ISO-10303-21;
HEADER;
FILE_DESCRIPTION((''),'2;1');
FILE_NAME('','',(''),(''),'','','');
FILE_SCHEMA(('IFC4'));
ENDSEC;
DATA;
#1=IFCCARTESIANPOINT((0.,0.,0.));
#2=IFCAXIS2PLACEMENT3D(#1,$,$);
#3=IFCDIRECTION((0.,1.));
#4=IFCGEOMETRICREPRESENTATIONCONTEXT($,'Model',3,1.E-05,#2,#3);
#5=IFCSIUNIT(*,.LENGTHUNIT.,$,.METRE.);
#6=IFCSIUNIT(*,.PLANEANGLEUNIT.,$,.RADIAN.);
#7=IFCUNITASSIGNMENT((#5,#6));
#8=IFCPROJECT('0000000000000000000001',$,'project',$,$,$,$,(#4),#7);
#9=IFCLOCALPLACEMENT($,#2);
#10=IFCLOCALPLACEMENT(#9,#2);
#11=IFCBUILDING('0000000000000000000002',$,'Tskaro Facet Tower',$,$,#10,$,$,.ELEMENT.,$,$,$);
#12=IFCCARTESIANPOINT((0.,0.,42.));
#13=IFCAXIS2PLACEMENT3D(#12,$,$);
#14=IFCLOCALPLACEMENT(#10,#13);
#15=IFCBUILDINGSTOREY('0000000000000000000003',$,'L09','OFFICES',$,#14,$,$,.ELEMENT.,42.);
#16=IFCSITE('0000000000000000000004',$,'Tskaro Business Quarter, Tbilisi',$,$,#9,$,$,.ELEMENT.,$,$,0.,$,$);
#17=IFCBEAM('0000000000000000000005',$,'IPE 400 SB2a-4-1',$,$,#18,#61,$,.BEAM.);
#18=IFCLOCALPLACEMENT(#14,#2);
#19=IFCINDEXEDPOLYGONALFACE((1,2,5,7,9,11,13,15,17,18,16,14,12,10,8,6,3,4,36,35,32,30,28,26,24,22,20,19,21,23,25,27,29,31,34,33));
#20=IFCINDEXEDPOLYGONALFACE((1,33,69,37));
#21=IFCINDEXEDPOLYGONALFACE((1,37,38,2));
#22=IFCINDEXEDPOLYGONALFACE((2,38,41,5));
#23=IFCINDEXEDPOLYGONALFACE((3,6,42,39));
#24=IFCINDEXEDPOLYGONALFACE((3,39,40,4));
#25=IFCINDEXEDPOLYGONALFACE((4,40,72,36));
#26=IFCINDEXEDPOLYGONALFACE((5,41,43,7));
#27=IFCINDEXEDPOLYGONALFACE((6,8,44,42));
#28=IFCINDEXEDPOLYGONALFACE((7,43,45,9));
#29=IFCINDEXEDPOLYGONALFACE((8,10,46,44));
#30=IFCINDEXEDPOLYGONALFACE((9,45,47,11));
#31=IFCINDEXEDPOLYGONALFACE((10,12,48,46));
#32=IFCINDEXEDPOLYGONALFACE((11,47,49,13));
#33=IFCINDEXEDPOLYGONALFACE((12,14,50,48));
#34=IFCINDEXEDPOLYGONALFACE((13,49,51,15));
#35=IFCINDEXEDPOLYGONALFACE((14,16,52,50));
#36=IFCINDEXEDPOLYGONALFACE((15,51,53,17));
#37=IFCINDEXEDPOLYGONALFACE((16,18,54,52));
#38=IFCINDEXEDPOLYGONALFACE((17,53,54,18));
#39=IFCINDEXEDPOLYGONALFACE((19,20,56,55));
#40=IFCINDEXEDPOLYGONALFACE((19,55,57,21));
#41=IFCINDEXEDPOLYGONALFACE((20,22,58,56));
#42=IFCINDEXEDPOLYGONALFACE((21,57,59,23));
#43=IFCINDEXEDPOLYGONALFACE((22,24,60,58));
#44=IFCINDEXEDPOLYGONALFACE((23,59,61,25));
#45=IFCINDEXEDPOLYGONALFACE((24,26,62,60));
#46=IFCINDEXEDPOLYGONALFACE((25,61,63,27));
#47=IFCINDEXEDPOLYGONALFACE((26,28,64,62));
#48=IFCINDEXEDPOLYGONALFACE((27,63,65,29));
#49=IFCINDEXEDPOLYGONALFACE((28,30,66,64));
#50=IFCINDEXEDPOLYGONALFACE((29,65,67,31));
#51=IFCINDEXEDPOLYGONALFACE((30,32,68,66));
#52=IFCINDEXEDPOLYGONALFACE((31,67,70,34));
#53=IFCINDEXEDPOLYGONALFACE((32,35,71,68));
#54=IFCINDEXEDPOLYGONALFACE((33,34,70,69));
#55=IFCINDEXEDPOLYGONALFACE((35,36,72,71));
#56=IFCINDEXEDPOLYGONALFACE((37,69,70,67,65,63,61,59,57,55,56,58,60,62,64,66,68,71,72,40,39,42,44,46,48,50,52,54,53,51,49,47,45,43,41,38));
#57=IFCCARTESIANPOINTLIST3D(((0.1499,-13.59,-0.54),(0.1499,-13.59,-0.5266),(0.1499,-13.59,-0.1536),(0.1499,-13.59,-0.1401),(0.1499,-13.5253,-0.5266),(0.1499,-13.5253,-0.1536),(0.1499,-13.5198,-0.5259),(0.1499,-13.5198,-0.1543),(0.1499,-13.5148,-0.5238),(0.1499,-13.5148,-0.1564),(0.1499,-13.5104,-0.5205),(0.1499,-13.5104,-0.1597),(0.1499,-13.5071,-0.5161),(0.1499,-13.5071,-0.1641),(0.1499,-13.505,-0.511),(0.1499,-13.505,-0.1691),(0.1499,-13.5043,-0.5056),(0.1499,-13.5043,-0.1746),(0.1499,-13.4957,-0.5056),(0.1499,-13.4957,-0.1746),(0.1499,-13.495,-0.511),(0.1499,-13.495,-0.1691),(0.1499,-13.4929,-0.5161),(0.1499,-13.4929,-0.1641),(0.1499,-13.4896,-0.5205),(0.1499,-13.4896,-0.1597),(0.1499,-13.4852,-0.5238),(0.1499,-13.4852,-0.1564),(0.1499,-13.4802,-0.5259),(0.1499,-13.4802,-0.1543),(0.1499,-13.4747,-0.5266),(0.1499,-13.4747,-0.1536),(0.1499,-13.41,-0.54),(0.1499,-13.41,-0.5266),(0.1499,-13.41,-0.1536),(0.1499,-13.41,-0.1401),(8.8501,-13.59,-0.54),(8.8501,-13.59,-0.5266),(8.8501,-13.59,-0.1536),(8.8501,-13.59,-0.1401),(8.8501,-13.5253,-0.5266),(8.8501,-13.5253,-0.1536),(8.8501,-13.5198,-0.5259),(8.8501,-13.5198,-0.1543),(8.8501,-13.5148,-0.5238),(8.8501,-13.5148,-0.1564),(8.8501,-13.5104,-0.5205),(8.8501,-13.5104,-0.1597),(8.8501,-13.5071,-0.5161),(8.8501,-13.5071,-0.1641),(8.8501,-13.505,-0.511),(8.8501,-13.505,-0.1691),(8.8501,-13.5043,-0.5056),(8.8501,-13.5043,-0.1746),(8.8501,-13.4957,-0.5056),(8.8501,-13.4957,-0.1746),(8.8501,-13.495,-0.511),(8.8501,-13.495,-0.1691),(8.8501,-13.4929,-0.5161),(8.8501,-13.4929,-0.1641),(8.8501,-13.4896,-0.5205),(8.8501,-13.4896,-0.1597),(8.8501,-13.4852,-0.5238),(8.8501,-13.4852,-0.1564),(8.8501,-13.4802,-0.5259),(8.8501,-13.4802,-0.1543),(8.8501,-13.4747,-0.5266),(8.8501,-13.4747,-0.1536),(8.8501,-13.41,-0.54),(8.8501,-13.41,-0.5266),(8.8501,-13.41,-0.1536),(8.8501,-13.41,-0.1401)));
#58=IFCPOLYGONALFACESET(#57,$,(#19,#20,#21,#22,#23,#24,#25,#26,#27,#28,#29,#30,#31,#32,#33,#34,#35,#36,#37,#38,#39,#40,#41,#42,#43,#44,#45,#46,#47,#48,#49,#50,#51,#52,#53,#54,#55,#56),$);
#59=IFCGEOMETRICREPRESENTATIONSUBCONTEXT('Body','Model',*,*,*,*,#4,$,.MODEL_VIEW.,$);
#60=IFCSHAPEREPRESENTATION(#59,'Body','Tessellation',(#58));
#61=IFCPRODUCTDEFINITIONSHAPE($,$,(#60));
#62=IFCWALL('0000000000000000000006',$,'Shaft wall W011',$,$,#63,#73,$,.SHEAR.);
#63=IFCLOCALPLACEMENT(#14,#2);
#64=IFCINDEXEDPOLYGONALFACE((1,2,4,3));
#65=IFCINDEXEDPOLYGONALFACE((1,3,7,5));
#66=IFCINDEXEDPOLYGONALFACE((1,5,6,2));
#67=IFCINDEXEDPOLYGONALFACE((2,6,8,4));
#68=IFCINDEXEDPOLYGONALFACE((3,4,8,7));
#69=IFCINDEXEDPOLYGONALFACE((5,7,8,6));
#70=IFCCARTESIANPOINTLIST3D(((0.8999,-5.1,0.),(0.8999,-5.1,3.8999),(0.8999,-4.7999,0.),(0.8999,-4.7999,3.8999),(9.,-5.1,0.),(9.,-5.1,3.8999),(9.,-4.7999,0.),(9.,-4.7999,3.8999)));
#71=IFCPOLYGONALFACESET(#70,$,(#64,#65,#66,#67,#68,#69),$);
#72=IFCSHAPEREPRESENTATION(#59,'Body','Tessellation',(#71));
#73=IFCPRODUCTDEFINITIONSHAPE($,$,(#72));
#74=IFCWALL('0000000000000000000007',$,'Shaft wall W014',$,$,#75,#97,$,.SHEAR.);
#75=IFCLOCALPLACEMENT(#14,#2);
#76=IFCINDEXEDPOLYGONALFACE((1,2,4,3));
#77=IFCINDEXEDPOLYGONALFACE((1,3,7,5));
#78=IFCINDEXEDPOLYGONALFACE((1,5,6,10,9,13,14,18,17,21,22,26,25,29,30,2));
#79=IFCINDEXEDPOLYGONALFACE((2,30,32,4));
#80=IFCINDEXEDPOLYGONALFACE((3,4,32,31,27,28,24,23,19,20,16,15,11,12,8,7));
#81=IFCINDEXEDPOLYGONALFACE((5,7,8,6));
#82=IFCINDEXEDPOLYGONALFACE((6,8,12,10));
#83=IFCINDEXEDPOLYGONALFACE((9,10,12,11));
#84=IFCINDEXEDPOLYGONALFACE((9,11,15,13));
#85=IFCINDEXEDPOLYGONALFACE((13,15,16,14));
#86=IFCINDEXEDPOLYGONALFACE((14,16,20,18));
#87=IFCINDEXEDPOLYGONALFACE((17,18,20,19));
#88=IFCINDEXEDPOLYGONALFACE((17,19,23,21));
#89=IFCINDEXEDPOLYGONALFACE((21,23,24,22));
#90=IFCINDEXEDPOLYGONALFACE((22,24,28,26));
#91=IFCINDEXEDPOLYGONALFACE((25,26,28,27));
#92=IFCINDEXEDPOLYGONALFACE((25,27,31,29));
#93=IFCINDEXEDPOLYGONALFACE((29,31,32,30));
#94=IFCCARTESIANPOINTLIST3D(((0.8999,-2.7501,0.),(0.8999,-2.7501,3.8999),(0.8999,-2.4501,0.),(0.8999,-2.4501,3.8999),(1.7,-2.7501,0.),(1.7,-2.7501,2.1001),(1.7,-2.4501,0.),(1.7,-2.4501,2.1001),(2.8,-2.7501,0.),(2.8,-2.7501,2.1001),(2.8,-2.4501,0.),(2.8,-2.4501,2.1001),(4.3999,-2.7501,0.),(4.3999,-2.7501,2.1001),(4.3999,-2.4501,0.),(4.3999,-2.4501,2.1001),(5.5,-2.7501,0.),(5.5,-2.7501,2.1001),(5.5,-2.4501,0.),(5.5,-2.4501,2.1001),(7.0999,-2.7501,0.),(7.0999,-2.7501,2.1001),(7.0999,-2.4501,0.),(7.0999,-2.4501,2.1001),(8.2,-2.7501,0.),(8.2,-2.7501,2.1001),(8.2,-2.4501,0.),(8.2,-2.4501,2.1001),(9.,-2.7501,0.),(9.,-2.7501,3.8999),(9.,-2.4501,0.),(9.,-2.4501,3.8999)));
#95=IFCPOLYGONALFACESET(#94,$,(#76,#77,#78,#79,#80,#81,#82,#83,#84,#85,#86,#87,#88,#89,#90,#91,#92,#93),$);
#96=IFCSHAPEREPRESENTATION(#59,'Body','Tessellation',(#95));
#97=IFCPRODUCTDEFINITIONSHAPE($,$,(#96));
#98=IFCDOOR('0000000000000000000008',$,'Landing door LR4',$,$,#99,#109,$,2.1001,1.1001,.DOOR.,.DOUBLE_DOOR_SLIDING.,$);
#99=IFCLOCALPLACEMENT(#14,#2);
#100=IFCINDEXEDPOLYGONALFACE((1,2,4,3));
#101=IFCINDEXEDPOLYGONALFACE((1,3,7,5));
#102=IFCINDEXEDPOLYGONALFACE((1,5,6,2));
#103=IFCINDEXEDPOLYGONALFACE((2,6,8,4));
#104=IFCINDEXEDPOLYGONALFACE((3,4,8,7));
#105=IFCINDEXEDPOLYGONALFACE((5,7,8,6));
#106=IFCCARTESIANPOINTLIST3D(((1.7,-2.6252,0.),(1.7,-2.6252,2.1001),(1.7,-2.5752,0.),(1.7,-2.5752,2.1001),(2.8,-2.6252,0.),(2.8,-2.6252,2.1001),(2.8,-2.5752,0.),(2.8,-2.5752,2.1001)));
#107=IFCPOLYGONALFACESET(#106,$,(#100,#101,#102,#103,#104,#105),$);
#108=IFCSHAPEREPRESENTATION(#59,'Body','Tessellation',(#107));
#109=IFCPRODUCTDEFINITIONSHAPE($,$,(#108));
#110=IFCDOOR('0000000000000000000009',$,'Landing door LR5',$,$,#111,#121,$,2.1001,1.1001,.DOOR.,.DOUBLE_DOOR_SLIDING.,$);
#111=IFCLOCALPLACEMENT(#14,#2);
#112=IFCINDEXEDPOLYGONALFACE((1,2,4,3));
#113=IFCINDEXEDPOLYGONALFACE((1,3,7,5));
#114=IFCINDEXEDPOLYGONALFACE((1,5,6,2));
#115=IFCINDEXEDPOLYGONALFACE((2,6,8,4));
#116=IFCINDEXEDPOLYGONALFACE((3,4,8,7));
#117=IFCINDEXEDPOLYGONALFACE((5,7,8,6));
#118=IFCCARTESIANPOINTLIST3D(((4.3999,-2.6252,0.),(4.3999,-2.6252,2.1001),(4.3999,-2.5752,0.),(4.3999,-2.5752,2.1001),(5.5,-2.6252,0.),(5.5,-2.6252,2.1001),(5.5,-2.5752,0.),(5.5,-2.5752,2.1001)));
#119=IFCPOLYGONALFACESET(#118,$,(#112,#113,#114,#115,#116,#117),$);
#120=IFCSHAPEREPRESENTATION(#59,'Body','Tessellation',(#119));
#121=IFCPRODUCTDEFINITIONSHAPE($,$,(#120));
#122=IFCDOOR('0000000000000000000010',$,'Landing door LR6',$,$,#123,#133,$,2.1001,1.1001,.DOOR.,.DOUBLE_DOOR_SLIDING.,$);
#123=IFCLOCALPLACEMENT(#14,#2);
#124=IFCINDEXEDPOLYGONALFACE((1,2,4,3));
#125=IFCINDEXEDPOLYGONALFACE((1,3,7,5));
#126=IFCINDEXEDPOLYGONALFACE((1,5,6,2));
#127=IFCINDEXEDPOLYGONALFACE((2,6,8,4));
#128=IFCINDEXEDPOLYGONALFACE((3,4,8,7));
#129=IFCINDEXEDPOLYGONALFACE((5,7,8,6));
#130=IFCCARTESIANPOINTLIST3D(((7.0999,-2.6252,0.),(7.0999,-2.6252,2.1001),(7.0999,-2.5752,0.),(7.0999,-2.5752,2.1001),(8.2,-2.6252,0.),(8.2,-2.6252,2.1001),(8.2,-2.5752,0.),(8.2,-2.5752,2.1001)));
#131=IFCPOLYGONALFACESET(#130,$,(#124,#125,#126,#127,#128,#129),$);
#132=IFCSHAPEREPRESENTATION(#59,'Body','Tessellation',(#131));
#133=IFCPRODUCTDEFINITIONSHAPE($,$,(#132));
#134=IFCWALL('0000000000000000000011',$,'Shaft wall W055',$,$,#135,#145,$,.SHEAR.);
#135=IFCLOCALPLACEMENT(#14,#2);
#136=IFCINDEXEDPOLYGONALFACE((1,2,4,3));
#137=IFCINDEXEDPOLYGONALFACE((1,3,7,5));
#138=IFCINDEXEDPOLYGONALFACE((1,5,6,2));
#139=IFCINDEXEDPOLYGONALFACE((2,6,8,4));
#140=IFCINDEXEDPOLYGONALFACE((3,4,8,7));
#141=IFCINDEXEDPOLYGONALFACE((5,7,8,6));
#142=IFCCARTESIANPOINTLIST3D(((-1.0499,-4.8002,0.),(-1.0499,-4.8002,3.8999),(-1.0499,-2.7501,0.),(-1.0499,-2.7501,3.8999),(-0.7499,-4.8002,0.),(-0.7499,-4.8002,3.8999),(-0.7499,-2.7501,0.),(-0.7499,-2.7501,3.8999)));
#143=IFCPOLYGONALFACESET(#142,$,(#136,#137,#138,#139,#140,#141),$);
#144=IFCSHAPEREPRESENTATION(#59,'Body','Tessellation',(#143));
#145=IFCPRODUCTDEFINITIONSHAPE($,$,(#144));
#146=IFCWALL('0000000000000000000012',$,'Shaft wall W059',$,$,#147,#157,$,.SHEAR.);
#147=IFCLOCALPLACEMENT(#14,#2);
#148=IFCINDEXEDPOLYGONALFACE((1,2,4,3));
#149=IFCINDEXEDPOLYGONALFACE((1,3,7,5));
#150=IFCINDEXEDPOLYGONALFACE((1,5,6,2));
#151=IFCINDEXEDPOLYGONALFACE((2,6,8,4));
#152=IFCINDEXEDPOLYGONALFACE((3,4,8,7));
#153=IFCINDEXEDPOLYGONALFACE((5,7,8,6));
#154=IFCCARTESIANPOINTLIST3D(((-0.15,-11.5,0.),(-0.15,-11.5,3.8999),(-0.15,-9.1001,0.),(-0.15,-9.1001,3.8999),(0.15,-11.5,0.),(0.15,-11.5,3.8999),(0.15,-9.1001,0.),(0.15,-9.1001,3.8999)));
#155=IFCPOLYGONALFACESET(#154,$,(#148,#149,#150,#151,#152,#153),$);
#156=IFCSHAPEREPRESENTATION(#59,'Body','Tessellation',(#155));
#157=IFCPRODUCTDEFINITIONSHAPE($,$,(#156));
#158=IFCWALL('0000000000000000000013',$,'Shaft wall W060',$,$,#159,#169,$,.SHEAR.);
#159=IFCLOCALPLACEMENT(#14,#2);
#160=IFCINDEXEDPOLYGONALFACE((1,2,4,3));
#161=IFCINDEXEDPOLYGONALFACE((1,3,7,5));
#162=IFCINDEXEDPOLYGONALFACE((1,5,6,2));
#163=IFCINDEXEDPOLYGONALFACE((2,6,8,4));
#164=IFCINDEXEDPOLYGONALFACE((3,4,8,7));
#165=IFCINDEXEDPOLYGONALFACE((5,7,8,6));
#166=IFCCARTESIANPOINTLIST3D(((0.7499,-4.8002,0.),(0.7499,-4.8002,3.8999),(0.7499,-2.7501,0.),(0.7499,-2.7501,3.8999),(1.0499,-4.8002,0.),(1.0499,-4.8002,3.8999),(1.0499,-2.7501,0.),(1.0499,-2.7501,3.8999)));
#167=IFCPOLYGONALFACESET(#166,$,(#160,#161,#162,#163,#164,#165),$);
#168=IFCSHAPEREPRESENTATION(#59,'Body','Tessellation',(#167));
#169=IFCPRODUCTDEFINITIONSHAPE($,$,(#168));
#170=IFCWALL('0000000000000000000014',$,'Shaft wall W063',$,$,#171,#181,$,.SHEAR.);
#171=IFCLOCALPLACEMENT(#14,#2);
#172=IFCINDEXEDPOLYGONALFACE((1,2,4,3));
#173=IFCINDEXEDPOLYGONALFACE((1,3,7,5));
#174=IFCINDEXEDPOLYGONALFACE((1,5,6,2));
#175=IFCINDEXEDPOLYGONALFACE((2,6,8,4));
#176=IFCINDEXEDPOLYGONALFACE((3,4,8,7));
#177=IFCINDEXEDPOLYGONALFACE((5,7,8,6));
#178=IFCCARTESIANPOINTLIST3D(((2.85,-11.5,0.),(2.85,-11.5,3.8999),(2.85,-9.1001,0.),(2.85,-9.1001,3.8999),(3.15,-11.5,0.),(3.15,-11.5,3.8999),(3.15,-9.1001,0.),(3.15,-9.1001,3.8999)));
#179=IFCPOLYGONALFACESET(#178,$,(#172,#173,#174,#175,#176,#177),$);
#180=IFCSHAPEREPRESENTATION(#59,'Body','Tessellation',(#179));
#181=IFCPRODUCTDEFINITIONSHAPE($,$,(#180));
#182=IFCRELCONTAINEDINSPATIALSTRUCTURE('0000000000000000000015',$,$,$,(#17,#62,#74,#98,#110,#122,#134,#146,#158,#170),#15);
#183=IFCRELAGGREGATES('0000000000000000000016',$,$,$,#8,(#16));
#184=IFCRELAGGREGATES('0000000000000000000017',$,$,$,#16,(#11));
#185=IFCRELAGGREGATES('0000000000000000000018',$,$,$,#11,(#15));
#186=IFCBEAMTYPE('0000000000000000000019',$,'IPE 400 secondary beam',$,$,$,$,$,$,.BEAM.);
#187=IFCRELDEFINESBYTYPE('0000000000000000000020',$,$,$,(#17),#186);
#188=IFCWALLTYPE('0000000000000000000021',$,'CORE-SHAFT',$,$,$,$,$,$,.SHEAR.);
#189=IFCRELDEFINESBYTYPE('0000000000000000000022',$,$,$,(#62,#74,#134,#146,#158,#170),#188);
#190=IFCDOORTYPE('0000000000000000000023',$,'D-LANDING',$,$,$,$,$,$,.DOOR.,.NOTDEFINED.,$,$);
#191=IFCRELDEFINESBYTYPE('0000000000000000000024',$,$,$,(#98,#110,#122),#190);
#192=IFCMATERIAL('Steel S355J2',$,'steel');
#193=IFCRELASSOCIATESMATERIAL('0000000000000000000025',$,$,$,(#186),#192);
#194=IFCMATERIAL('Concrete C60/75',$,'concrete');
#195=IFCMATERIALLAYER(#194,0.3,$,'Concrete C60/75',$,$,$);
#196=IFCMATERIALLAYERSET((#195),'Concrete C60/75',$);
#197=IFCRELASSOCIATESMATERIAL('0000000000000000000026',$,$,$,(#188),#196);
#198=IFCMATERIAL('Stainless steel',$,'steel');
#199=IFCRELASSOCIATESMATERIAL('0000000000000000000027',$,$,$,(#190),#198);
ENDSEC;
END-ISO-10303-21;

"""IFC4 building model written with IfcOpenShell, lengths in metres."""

from ifc_helpers import new_model, si_unit, direction, frame, frame_2d, origin, origin_2d, place, context, subcontext, project, spatial, rectangle, i_section, extrude, material, layer, layer_set, material_profile, profile_set, type_object, element, fill, save


model = new_model("IFC4")

# Units and contexts
model_context = context("Model", 3, precision=1e-05, world=origin(), true_north=direction((0.0, 1.0)))
body_context = subcontext(model_context, "Body", "Model", "MODEL_VIEW")
ifc_project = project(units=[si_unit("LENGTHUNIT", "METRE"), si_unit("PLANEANGLEUNIT", "RADIAN")], contexts=[model_context])

# Site, building, storey
site_placement = place(None, origin())
site = spatial("IfcSite", under=ifc_project, at=site_placement, Name="Tskaro Business Quarter, Tbilisi", CompositionType="ELEMENT", RefElevation=0.0)
building_placement = place(site_placement, origin())
building = spatial("IfcBuilding", under=site, at=building_placement, Name="Tskaro Facet Tower", CompositionType="ELEMENT")
storey_placement = place(building_placement, frame((0.0, 0.0, 42.0)))
storey = spatial("IfcBuildingStorey", under=building, at=storey_placement, Name="L09", Description="OFFICES", CompositionType="ELEMENT", Elevation=42.0)

# Beam
ifc_material_1 = material(Name="Steel S355J2", Category="steel")
ifc_material_profile = material_profile(ifc_material_1, i_section(OverallWidth=0.1799, OverallDepth=0.3999, WebThickness=0.0085, FlangeThickness=0.0134, FilletRadius=0.021, at=origin_2d()), Name="IPE 400")
ifc_profile_set = profile_set([ifc_material_profile], Name="Steel S355J2")
beam_type = type_object("IfcBeamType", Name="IPE 400 secondary beam", PredefinedType="BEAM", material=ifc_profile_set)
beam_placement = place(storey_placement, frame((0.1499, -13.5, -0.3401), z_axis=(1.0, 0.0, 0.0), x_axis=(0.0, 1.0, 0.0)))
element("IfcBeam", 1, at=beam_placement, inside=storey, type_object=beam_type, Name="IPE 400 SB2a-4-1", PredefinedType="BEAM", context=body_context, shape_type="SweptSolid", body=[
    extrude(i_section(OverallWidth=0.1799, OverallDepth=0.3999, WebThickness=0.0085, FlangeThickness=0.0134, FilletRadius=0.021, at=origin_2d()), origin(), (0.0, 0.0, 1.0), 8.7002),
])

# Wall
ifc_material_2 = material(Name="Concrete C60/75", Category="concrete")
ifc_layer_1 = layer(ifc_material_2, 0.3, Name="Concrete C60/75")
ifc_layer_set_1 = layer_set([ifc_layer_1], Name="Concrete C60/75")
wall_type_1 = type_object("IfcWallType", Name="CORE-SHAFT", PredefinedType="SHEAR", material=ifc_layer_set_1)
wall_1_placement = place(storey_placement, frame((0.8999, -4.95, 0.0), z_axis=(0.0, 0.0, 1.0), x_axis=(1.0, 0.0, 0.0)))
element("IfcWall", 2, at=wall_1_placement, inside=storey, type_object=wall_type_1, Name="Shaft wall W011", PredefinedType="SHEAR", context=body_context, shape_type="SweptSolid", body=[
    extrude(rectangle(XDim=8.1001, YDim=0.3, at=frame_2d((4.05, 0.0))), origin(), (0.0, 0.0, 1.0), 3.8999),
])

# Wall, openings, doors
wall_2_placement = place(storey_placement, frame((0.8999, -2.6001, 0.0), z_axis=(0.0, 0.0, 1.0), x_axis=(1.0, 0.0, 0.0)))
wall_2 = element("IfcWall", 3, at=wall_2_placement, inside=storey, type_object=wall_type_1, Name="Shaft wall W014", PredefinedType="SHEAR", context=body_context, shape_type="SweptSolid", body=[
    extrude(rectangle(XDim=8.1001, YDim=0.3, at=frame_2d((4.05, 0.0))), origin(), (0.0, 0.0, 1.0), 3.8999),
])
opening_1_placement = place(wall_2_placement, frame((0.8, 0.0, 0.0)))
opening_1 = element("IfcOpeningElement", 4, at=opening_1_placement, cuts=wall_2, PredefinedType="OPENING", context=body_context, shape_type="SweptSolid", body=[
    extrude(rectangle(XDim=1.1001, YDim=2.1001, at=frame_2d((0.55, 1.05))), frame((0.0, 0.1599, 0.0), z_axis=(0.0, -1.0, 0.0), x_axis=(1.0, 0.0, 0.0)), (0.0, 0.0, 1.0), 0.3201),
])
opening_2_placement = place(wall_2_placement, frame((3.5, 0.0, 0.0)))
opening_2 = element("IfcOpeningElement", 5, at=opening_2_placement, cuts=wall_2, PredefinedType="OPENING", context=body_context, shape_type="SweptSolid", body=[
    extrude(rectangle(XDim=1.1001, YDim=2.1001, at=frame_2d((0.55, 1.05))), frame((0.0, 0.1599, 0.0), z_axis=(0.0, -1.0, 0.0), x_axis=(1.0, 0.0, 0.0)), (0.0, 0.0, 1.0), 0.3201),
])
opening_3_placement = place(wall_2_placement, frame((6.2, 0.0, 0.0)))
opening_3 = element("IfcOpeningElement", 6, at=opening_3_placement, cuts=wall_2, PredefinedType="OPENING", context=body_context, shape_type="SweptSolid", body=[
    extrude(rectangle(XDim=1.1001, YDim=2.1001, at=frame_2d((0.55, 1.05))), frame((0.0, 0.1599, 0.0), z_axis=(0.0, -1.0, 0.0), x_axis=(1.0, 0.0, 0.0)), (0.0, 0.0, 1.0), 0.3201),
])
ifc_material_3 = material(Name="Stainless steel", Category="steel")
door_type_1 = type_object("IfcDoorType", Name="D-LANDING", OperationType="NOTDEFINED", PredefinedType="DOOR", material=ifc_material_3)
door_1_placement = place(opening_1_placement, origin())
door_1 = element("IfcDoor", 7, at=door_1_placement, inside=storey, type_object=door_type_1, Name="Landing door LR4", OperationType="DOUBLE_DOOR_SLIDING", OverallHeight=2.1001, OverallWidth=1.1001, PredefinedType="DOOR", context=body_context, shape_type="SweptSolid", body=[
    extrude(rectangle(XDim=1.1001, YDim=2.1001, at=frame_2d((0.55, 1.05))), frame((0.0, 0.0249, 0.0), z_axis=(0.0, -1.0, 0.0), x_axis=(1.0, 0.0, 0.0)), (0.0, 0.0, 1.0), 0.05),
])
fill(opening_1, door_1)
door_2_placement = place(opening_2_placement, origin())
door_2 = element("IfcDoor", 8, at=door_2_placement, inside=storey, type_object=door_type_1, Name="Landing door LR5", OperationType="DOUBLE_DOOR_SLIDING", OverallHeight=2.1001, OverallWidth=1.1001, PredefinedType="DOOR", context=body_context, shape_type="SweptSolid", body=[
    extrude(rectangle(XDim=1.1001, YDim=2.1001, at=frame_2d((0.55, 1.05))), frame((0.0, 0.0249, 0.0), z_axis=(0.0, -1.0, 0.0), x_axis=(1.0, 0.0, 0.0)), (0.0, 0.0, 1.0), 0.05),
])
fill(opening_2, door_2)
door_3_placement = place(opening_3_placement, origin())
door_3 = element("IfcDoor", 9, at=door_3_placement, inside=storey, type_object=door_type_1, Name="Landing door LR6", OperationType="DOUBLE_DOOR_SLIDING", OverallHeight=2.1001, OverallWidth=1.1001, PredefinedType="DOOR", context=body_context, shape_type="SweptSolid", body=[
    extrude(rectangle(XDim=1.1001, YDim=2.1001, at=frame_2d((0.55, 1.05))), frame((0.0, 0.0249, 0.0), z_axis=(0.0, -1.0, 0.0), x_axis=(1.0, 0.0, 0.0)), (0.0, 0.0, 1.0), 0.05),
])
fill(opening_3, door_3)

# Walls
wall_3_placement = place(storey_placement, frame((-0.8999, -4.8, 0.0), z_axis=(0.0, 0.0, 1.0), x_axis=(0.0, 1.0, 0.0)))
element("IfcWall", 10, at=wall_3_placement, inside=storey, type_object=wall_type_1, Name="Shaft wall W055", PredefinedType="SHEAR", context=body_context, shape_type="SweptSolid", body=[
    extrude(rectangle(XDim=2.05, YDim=0.3, at=frame_2d((1.0249, 0.0))), origin(), (0.0, 0.0, 1.0), 3.8999),
])
wall_4_placement = place(storey_placement, frame((0.0, -11.5, 0.0), z_axis=(0.0, 0.0, 1.0), x_axis=(0.0, 1.0, 0.0)))
element("IfcWall", 11, at=wall_4_placement, inside=storey, type_object=wall_type_1, Name="Shaft wall W059", PredefinedType="SHEAR", context=body_context, shape_type="SweptSolid", body=[
    extrude(rectangle(XDim=2.3999, YDim=0.3, at=frame_2d((1.2, 0.0))), origin(), (0.0, 0.0, 1.0), 3.8999),
])
wall_5_placement = place(storey_placement, frame((0.8999, -4.8, 0.0), z_axis=(0.0, 0.0, 1.0), x_axis=(0.0, 1.0, 0.0)))
element("IfcWall", 12, at=wall_5_placement, inside=storey, type_object=wall_type_1, Name="Shaft wall W060", PredefinedType="SHEAR", context=body_context, shape_type="SweptSolid", body=[
    extrude(rectangle(XDim=2.05, YDim=0.3, at=frame_2d((1.0249, 0.0))), origin(), (0.0, 0.0, 1.0), 3.8999),
])
wall_6_placement = place(storey_placement, frame((3.0, -11.5, 0.0), z_axis=(0.0, 0.0, 1.0), x_axis=(0.0, 1.0, 0.0)))
element("IfcWall", 13, at=wall_6_placement, inside=storey, type_object=wall_type_1, Name="Shaft wall W063", PredefinedType="SHEAR", context=body_context, shape_type="SweptSolid", body=[
    extrude(rectangle(XDim=2.3999, YDim=0.3, at=frame_2d((1.2, 0.0))), origin(), (0.0, 0.0, 1.0), 3.8999),
])

save(model, "model.ifc")
